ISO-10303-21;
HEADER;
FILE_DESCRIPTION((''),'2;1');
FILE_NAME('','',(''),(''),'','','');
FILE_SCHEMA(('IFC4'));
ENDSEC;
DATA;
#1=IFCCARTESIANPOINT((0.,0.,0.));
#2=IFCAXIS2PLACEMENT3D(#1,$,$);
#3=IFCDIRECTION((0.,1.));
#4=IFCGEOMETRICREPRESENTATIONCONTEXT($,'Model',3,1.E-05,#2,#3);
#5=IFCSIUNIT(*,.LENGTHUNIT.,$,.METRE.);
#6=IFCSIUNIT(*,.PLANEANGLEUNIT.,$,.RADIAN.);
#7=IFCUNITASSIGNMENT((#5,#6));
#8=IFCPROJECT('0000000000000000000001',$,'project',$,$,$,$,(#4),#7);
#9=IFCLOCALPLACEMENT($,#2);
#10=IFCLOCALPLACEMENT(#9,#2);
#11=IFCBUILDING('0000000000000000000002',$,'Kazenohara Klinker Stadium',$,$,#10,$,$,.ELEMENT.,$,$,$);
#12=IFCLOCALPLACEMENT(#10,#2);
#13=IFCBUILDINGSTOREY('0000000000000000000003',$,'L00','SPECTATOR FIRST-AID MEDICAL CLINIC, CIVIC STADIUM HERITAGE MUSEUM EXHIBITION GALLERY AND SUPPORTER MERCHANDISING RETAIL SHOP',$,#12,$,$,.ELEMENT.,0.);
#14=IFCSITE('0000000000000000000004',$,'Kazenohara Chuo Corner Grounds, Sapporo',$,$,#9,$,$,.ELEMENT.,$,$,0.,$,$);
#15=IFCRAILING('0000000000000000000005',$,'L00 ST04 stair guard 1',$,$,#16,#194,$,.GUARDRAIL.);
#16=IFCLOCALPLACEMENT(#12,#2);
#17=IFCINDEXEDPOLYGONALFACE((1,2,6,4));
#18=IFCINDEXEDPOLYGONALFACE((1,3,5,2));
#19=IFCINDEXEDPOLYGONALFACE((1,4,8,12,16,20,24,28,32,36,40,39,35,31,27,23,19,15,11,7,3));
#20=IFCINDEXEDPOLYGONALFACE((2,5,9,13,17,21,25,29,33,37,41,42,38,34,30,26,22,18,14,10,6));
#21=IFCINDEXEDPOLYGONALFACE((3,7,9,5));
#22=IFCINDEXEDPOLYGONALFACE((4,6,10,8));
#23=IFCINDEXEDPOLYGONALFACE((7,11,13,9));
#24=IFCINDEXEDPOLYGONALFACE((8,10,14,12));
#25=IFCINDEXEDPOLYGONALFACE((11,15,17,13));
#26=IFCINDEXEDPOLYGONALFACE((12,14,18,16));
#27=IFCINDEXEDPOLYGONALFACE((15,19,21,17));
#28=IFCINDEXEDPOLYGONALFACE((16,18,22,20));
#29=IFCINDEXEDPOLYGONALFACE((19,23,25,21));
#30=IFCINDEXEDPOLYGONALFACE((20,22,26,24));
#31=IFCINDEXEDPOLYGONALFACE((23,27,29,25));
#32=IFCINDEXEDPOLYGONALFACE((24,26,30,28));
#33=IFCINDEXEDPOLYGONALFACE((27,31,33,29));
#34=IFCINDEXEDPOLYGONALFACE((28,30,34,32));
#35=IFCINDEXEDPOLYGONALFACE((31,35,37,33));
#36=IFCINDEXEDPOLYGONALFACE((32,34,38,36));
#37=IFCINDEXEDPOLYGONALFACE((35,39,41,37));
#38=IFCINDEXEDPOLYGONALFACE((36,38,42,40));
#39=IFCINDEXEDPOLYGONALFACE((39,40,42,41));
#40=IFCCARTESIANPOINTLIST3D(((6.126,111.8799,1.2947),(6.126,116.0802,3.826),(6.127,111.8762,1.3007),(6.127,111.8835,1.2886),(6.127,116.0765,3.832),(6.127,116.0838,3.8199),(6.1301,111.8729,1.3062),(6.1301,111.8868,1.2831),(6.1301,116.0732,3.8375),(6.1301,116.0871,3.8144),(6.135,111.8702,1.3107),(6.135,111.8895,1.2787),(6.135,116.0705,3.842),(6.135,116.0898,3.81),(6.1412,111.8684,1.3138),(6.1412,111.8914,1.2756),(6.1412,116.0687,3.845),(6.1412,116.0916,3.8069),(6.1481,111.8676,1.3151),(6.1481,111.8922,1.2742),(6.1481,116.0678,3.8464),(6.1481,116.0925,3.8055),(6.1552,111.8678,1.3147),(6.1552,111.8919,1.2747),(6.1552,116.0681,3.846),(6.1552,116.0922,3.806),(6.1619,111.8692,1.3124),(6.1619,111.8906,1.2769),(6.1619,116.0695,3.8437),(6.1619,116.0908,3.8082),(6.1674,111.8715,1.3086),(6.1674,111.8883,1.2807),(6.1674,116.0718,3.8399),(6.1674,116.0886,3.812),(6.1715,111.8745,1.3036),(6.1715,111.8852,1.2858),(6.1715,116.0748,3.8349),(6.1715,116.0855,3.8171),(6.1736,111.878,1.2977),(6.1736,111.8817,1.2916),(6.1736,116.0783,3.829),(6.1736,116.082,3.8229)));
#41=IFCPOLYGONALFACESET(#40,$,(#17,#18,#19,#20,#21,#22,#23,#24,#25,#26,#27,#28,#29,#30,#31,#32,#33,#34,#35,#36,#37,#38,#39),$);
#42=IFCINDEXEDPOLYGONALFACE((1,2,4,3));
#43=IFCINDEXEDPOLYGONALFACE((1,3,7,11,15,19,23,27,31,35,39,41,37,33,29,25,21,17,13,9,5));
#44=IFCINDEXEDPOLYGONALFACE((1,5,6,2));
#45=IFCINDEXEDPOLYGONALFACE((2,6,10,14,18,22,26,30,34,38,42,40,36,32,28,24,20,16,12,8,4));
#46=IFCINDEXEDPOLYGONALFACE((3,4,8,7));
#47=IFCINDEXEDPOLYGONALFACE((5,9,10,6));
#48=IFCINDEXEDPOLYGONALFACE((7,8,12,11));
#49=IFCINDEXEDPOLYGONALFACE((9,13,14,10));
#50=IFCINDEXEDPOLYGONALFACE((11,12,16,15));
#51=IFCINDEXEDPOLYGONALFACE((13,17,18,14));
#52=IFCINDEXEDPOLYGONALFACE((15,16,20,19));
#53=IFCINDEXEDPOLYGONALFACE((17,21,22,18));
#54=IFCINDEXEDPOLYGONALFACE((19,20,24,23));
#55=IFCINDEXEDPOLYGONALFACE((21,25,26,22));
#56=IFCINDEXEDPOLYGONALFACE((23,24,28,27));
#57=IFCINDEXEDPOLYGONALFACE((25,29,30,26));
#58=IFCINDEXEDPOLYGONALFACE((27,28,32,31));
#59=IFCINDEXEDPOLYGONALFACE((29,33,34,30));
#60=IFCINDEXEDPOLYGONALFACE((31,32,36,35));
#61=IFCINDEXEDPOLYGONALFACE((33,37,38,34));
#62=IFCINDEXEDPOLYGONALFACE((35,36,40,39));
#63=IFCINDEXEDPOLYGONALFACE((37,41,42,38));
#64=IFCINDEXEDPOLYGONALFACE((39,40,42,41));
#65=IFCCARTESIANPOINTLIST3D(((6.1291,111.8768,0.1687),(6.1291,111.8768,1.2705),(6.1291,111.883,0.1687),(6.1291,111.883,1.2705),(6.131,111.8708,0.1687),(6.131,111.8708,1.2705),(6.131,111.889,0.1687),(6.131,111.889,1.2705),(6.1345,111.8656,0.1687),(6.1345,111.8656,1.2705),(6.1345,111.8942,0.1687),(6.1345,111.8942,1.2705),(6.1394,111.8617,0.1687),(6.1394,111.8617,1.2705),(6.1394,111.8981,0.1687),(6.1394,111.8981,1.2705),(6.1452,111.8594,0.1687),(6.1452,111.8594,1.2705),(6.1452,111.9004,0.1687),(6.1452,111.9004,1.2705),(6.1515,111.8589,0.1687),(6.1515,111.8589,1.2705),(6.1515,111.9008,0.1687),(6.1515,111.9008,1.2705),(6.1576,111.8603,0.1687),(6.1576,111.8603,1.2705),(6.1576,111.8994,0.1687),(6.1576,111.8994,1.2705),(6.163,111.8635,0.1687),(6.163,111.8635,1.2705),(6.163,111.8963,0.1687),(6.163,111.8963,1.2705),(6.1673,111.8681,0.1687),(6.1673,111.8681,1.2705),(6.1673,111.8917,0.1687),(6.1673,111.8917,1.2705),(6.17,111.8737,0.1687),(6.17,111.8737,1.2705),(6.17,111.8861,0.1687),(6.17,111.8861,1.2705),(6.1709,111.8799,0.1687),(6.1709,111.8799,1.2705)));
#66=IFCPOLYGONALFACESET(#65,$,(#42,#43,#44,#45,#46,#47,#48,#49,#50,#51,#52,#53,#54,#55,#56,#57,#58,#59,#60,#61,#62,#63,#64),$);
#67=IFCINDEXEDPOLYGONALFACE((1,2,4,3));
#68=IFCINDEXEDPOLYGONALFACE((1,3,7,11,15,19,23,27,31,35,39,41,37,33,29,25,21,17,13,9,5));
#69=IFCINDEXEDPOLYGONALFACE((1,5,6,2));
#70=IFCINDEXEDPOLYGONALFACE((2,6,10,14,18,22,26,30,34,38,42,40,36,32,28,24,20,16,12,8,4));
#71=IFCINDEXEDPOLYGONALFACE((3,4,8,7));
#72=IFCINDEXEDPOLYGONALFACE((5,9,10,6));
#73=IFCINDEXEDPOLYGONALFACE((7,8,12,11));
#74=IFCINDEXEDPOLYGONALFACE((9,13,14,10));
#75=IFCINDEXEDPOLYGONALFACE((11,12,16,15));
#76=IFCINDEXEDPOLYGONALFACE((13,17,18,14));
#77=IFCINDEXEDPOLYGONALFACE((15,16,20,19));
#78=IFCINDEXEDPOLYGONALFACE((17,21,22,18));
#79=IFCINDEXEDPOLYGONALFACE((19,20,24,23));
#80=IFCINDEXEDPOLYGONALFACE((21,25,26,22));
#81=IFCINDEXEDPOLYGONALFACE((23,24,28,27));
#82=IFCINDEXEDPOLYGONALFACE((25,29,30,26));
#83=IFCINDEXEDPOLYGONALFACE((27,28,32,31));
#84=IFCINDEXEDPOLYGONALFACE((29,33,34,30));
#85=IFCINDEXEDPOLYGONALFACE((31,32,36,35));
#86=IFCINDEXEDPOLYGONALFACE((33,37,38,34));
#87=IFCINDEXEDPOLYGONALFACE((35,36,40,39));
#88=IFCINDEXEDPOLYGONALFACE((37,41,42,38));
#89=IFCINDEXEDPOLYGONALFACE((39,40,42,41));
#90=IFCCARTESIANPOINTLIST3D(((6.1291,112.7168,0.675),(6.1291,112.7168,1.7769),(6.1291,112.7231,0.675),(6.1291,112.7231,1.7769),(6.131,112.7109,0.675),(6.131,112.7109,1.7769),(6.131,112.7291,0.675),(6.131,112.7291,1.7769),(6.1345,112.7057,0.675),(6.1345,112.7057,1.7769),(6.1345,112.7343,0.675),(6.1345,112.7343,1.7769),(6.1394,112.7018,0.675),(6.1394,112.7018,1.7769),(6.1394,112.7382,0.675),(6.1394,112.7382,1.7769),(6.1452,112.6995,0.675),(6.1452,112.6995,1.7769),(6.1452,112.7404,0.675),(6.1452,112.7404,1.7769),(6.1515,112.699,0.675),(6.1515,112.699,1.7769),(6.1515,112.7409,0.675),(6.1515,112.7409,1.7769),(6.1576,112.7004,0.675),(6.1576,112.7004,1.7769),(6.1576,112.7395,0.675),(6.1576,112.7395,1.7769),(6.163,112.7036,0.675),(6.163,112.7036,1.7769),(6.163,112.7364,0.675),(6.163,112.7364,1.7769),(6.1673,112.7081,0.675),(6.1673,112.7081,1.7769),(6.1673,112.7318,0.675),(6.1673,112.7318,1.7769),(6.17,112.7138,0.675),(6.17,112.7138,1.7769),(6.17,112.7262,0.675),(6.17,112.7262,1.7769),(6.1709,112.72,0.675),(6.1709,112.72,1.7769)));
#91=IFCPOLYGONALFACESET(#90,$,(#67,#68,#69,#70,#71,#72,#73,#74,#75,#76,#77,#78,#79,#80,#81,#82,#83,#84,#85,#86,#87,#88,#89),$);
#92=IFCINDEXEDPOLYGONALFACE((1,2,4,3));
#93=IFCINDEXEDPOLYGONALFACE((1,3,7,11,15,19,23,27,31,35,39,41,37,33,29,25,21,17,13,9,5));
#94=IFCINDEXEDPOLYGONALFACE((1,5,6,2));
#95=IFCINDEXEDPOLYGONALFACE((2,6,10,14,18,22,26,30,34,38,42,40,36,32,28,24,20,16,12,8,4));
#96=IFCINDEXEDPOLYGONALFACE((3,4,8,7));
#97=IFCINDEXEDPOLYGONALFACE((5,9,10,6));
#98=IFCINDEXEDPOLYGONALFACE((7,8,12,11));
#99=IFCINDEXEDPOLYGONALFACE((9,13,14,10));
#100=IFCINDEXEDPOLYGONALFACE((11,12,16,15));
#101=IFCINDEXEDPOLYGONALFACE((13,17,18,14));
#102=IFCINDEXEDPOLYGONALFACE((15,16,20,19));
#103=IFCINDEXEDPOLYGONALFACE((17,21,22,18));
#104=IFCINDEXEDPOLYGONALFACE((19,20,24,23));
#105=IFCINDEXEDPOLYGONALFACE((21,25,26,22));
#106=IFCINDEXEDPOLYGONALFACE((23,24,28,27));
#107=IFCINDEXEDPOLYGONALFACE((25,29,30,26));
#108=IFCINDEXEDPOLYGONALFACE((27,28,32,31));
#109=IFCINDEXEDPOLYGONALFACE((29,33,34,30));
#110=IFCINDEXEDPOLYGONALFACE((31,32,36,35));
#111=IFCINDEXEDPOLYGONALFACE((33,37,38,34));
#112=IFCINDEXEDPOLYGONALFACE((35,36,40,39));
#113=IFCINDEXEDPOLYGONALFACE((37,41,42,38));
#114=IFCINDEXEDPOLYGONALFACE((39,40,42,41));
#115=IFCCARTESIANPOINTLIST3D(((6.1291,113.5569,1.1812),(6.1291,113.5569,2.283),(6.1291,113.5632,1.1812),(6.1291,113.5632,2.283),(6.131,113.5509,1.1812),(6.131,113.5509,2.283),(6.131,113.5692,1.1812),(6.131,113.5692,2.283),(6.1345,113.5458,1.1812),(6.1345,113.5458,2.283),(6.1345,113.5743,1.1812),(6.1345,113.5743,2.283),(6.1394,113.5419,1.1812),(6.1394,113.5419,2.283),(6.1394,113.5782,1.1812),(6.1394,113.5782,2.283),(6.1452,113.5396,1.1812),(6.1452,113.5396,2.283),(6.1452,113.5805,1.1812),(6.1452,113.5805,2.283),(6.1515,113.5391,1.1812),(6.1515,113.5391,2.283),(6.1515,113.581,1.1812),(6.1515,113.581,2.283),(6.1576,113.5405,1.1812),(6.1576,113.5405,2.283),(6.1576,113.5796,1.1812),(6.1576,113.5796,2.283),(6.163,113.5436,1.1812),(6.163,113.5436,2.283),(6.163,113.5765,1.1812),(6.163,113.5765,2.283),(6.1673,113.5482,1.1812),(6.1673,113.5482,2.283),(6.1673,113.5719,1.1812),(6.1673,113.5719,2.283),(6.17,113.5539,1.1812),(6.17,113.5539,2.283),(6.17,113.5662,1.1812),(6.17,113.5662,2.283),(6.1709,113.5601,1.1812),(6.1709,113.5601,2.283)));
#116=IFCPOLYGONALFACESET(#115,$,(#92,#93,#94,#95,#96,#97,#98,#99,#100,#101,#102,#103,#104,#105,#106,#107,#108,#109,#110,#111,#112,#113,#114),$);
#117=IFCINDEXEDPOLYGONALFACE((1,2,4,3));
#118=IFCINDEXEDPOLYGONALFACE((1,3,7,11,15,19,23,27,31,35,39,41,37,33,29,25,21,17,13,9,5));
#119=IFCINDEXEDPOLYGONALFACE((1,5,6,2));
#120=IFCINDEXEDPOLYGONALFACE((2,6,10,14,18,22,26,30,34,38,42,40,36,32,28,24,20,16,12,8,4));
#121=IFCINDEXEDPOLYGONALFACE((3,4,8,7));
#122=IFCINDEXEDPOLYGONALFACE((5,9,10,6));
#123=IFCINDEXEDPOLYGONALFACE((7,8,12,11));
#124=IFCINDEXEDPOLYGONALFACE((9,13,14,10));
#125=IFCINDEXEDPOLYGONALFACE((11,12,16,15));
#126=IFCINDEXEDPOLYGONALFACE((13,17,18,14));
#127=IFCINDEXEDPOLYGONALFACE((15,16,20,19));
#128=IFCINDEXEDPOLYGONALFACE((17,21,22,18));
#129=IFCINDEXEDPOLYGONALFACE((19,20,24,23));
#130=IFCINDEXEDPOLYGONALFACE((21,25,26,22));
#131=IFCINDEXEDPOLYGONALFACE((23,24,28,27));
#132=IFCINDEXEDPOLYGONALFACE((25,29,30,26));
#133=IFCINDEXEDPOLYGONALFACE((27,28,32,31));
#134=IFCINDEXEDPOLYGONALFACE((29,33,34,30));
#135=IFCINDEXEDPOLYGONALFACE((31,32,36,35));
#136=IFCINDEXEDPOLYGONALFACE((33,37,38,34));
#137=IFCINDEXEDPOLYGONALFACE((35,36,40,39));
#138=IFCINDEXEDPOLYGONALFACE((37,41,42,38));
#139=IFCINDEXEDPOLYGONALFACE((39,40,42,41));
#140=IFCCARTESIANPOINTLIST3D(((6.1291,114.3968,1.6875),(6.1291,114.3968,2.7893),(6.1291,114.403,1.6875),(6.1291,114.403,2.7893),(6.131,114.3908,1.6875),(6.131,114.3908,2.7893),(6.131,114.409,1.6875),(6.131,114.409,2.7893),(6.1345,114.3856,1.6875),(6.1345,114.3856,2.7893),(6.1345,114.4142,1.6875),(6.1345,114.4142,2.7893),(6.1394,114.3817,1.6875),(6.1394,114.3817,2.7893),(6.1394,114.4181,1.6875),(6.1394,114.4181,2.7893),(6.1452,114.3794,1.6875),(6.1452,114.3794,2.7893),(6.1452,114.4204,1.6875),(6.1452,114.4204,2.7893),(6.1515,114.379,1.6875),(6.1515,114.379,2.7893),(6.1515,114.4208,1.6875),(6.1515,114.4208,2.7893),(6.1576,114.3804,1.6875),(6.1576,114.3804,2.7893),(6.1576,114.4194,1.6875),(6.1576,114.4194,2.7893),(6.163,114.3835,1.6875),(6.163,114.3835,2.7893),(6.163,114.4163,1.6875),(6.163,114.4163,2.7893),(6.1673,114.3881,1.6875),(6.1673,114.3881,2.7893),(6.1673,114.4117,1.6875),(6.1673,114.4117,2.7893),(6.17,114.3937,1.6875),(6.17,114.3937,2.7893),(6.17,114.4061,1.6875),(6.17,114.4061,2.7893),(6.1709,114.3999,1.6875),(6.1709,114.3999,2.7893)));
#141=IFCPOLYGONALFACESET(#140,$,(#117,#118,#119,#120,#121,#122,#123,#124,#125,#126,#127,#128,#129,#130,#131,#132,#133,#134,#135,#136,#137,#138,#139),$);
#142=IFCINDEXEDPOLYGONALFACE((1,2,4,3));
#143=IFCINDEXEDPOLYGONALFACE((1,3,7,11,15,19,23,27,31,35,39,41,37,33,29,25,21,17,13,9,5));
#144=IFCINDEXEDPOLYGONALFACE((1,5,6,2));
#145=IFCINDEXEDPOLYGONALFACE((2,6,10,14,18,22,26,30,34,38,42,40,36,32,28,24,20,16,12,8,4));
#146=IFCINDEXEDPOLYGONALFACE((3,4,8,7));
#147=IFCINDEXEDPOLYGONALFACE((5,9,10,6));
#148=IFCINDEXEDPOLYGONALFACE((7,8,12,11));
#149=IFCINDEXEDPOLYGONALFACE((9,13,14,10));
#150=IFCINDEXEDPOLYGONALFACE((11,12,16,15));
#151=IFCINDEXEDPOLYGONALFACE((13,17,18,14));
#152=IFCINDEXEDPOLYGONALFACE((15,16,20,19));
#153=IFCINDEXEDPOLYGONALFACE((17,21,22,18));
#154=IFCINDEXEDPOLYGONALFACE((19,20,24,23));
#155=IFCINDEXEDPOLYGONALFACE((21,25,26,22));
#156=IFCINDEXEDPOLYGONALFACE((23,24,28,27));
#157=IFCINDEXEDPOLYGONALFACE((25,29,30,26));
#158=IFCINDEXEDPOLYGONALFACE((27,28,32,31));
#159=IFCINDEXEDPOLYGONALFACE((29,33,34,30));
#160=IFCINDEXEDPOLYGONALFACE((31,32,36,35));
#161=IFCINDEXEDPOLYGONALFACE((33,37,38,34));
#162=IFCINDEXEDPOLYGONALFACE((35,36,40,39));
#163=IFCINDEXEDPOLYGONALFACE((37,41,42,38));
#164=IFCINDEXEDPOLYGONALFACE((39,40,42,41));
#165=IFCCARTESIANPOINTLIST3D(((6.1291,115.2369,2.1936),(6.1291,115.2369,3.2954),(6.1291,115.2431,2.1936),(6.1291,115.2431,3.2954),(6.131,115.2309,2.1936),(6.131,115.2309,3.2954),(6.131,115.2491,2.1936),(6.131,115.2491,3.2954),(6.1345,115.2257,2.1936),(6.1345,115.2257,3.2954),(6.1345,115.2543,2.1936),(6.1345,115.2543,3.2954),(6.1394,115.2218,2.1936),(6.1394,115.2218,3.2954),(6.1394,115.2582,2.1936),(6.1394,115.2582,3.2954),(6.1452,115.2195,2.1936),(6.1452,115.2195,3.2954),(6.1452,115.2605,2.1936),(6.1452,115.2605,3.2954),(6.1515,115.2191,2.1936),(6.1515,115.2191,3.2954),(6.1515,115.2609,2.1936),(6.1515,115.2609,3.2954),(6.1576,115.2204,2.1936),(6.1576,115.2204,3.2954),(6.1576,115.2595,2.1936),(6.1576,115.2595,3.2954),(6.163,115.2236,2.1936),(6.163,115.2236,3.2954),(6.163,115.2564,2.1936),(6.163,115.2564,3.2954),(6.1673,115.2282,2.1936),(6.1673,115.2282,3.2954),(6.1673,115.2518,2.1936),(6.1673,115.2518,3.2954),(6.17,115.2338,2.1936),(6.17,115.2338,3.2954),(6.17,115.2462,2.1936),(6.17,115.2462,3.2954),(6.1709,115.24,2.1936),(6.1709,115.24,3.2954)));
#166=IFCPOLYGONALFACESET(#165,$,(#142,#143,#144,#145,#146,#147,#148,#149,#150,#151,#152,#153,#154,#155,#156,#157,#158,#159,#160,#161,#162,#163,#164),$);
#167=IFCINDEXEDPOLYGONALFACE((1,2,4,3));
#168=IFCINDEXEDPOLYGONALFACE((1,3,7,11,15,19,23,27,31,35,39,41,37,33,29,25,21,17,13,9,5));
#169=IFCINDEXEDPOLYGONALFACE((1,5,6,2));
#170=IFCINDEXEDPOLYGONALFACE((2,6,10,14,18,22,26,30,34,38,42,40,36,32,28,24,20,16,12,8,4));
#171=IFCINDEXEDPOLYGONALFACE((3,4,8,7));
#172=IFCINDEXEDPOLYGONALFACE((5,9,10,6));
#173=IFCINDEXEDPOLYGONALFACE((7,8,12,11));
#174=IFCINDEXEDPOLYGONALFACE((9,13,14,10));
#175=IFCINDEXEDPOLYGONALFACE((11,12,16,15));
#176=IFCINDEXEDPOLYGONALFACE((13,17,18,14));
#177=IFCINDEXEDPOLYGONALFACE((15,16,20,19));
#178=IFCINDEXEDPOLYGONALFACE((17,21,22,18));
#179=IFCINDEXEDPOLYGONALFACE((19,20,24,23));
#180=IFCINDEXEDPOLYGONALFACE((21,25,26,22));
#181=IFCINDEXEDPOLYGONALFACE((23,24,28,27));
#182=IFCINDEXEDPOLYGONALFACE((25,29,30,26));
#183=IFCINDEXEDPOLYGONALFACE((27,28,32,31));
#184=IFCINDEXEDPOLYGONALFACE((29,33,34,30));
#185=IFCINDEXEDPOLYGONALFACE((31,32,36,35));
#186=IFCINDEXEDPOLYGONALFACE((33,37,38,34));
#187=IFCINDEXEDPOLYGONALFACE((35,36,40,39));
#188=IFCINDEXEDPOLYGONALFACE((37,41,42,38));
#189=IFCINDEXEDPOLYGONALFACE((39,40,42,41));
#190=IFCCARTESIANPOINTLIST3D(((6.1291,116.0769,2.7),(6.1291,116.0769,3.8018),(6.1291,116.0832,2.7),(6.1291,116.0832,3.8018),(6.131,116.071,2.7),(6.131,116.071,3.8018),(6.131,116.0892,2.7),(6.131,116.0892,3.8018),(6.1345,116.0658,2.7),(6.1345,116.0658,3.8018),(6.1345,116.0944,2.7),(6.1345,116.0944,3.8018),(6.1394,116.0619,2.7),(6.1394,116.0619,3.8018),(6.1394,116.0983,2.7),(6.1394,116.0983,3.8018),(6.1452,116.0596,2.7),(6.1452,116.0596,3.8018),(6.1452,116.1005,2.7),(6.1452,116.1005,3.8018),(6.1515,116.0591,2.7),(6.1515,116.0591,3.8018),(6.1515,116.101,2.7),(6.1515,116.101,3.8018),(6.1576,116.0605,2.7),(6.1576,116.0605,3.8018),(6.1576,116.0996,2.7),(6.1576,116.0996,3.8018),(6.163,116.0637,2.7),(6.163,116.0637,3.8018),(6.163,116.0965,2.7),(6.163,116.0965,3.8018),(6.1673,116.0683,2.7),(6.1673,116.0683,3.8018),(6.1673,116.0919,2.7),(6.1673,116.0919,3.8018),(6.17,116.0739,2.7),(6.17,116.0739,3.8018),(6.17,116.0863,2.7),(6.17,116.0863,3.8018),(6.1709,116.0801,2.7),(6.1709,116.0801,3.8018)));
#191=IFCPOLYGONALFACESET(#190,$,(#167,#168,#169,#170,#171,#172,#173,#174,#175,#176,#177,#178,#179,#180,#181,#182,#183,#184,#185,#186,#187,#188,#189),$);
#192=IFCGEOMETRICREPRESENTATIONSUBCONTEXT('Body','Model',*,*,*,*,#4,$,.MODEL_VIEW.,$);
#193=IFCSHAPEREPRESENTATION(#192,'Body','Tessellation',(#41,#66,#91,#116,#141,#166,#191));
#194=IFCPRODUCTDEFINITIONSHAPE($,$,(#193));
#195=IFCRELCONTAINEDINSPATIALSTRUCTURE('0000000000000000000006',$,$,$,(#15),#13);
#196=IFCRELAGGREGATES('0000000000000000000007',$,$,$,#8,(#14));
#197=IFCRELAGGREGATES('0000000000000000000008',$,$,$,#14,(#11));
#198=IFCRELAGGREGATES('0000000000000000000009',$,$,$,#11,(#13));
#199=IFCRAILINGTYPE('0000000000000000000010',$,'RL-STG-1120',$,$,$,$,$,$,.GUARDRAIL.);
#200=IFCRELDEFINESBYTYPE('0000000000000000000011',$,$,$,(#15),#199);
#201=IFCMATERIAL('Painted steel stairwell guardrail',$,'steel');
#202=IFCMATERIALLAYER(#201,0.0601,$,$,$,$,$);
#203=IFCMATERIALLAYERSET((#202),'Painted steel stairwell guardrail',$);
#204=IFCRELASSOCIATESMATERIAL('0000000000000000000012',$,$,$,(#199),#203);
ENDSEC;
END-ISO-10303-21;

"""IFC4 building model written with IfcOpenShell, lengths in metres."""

from ifc_helpers import new_model, si_unit, direction, frame, origin, origin_2d, place, context, subcontext, project, spatial, circle, extrude, material, layer, layer_set, type_object, element, save


model = new_model("IFC4")

# Units and contexts
model_context = context("Model", 3, precision=1e-05, world=origin(), true_north=direction((0.0, 1.0)))
body_context = subcontext(model_context, "Body", "Model", "MODEL_VIEW")
ifc_project = project(units=[si_unit("LENGTHUNIT", "METRE"), si_unit("PLANEANGLEUNIT", "RADIAN")], contexts=[model_context])

# Site, building, storey
site_placement = place(None, origin())
site = spatial("IfcSite", under=ifc_project, at=site_placement, Name="Kazenohara Chuo Corner Grounds, Sapporo", CompositionType="ELEMENT", RefElevation=0.0)
building_placement = place(site_placement, origin())
building = spatial("IfcBuilding", under=site, at=building_placement, Name="Kazenohara Klinker Stadium", CompositionType="ELEMENT")
storey_placement = place(building_placement, origin())
storey = spatial("IfcBuildingStorey", under=building, at=storey_placement, Name="L00", Description="SPECTATOR FIRST-AID MEDICAL CLINIC, CIVIC STADIUM HERITAGE MUSEUM EXHIBITION GALLERY AND SUPPORTER MERCHANDISING RETAIL SHOP", CompositionType="ELEMENT", Elevation=0.0)

# Railing
ifc_material_1 = material(Name="Painted steel stairwell guardrail", Category="steel")
ifc_layer_1 = layer(ifc_material_1, 0.0601)
ifc_layer_set_1 = layer_set([ifc_layer_1], Name="Painted steel stairwell guardrail")
railing_type_1 = type_object("IfcRailingType", Name="RL-STG-1120", PredefinedType="GUARDRAIL", material=ifc_layer_set_1)
railing_1_placement = place(storey_placement, frame((6.1499, 111.8799, 0.1687)))
element("IfcRailing", 1, at=railing_1_placement, inside=storey, type_object=railing_type_1, Name="L00 ST04 stair guard 1", PredefinedType="GUARDRAIL", context=body_context, shape_type="SweptSolid", body=[
    extrude(circle(Radius=0.0239, at=origin_2d()), frame((0.0, 0.0, 1.126), z_axis=(0.0, 0.85649, 0.516164), x_axis=(-1.0, 0.0, 0.0)), (0.0, 0.0, 1.0), 4.9041),
    extrude(circle(Radius=0.021, at=origin_2d()), origin(), (0.0, 0.0, 1.0), 1.1018),
    extrude(circle(Radius=0.021, at=origin_2d()), frame((0.0, 0.8401, 0.5063)), (0.0, 0.0, 1.0), 1.1018),
    extrude(circle(Radius=0.021, at=origin_2d()), frame((0.0, 1.6802, 1.0125)), (0.0, 0.0, 1.0), 1.1018),
    extrude(circle(Radius=0.021, at=origin_2d()), frame((0.0, 2.52, 1.5188)), (0.0, 0.0, 1.0), 1.1018),
    extrude(circle(Radius=0.021, at=origin_2d()), frame((0.0, 3.3601, 2.0249)), (0.0, 0.0, 1.0), 1.1018),
    extrude(circle(Radius=0.021, at=origin_2d()), frame((0.0, 4.2002, 2.5312)), (0.0, 0.0, 1.0), 1.1018),
])

save(model, "model.ifc")
